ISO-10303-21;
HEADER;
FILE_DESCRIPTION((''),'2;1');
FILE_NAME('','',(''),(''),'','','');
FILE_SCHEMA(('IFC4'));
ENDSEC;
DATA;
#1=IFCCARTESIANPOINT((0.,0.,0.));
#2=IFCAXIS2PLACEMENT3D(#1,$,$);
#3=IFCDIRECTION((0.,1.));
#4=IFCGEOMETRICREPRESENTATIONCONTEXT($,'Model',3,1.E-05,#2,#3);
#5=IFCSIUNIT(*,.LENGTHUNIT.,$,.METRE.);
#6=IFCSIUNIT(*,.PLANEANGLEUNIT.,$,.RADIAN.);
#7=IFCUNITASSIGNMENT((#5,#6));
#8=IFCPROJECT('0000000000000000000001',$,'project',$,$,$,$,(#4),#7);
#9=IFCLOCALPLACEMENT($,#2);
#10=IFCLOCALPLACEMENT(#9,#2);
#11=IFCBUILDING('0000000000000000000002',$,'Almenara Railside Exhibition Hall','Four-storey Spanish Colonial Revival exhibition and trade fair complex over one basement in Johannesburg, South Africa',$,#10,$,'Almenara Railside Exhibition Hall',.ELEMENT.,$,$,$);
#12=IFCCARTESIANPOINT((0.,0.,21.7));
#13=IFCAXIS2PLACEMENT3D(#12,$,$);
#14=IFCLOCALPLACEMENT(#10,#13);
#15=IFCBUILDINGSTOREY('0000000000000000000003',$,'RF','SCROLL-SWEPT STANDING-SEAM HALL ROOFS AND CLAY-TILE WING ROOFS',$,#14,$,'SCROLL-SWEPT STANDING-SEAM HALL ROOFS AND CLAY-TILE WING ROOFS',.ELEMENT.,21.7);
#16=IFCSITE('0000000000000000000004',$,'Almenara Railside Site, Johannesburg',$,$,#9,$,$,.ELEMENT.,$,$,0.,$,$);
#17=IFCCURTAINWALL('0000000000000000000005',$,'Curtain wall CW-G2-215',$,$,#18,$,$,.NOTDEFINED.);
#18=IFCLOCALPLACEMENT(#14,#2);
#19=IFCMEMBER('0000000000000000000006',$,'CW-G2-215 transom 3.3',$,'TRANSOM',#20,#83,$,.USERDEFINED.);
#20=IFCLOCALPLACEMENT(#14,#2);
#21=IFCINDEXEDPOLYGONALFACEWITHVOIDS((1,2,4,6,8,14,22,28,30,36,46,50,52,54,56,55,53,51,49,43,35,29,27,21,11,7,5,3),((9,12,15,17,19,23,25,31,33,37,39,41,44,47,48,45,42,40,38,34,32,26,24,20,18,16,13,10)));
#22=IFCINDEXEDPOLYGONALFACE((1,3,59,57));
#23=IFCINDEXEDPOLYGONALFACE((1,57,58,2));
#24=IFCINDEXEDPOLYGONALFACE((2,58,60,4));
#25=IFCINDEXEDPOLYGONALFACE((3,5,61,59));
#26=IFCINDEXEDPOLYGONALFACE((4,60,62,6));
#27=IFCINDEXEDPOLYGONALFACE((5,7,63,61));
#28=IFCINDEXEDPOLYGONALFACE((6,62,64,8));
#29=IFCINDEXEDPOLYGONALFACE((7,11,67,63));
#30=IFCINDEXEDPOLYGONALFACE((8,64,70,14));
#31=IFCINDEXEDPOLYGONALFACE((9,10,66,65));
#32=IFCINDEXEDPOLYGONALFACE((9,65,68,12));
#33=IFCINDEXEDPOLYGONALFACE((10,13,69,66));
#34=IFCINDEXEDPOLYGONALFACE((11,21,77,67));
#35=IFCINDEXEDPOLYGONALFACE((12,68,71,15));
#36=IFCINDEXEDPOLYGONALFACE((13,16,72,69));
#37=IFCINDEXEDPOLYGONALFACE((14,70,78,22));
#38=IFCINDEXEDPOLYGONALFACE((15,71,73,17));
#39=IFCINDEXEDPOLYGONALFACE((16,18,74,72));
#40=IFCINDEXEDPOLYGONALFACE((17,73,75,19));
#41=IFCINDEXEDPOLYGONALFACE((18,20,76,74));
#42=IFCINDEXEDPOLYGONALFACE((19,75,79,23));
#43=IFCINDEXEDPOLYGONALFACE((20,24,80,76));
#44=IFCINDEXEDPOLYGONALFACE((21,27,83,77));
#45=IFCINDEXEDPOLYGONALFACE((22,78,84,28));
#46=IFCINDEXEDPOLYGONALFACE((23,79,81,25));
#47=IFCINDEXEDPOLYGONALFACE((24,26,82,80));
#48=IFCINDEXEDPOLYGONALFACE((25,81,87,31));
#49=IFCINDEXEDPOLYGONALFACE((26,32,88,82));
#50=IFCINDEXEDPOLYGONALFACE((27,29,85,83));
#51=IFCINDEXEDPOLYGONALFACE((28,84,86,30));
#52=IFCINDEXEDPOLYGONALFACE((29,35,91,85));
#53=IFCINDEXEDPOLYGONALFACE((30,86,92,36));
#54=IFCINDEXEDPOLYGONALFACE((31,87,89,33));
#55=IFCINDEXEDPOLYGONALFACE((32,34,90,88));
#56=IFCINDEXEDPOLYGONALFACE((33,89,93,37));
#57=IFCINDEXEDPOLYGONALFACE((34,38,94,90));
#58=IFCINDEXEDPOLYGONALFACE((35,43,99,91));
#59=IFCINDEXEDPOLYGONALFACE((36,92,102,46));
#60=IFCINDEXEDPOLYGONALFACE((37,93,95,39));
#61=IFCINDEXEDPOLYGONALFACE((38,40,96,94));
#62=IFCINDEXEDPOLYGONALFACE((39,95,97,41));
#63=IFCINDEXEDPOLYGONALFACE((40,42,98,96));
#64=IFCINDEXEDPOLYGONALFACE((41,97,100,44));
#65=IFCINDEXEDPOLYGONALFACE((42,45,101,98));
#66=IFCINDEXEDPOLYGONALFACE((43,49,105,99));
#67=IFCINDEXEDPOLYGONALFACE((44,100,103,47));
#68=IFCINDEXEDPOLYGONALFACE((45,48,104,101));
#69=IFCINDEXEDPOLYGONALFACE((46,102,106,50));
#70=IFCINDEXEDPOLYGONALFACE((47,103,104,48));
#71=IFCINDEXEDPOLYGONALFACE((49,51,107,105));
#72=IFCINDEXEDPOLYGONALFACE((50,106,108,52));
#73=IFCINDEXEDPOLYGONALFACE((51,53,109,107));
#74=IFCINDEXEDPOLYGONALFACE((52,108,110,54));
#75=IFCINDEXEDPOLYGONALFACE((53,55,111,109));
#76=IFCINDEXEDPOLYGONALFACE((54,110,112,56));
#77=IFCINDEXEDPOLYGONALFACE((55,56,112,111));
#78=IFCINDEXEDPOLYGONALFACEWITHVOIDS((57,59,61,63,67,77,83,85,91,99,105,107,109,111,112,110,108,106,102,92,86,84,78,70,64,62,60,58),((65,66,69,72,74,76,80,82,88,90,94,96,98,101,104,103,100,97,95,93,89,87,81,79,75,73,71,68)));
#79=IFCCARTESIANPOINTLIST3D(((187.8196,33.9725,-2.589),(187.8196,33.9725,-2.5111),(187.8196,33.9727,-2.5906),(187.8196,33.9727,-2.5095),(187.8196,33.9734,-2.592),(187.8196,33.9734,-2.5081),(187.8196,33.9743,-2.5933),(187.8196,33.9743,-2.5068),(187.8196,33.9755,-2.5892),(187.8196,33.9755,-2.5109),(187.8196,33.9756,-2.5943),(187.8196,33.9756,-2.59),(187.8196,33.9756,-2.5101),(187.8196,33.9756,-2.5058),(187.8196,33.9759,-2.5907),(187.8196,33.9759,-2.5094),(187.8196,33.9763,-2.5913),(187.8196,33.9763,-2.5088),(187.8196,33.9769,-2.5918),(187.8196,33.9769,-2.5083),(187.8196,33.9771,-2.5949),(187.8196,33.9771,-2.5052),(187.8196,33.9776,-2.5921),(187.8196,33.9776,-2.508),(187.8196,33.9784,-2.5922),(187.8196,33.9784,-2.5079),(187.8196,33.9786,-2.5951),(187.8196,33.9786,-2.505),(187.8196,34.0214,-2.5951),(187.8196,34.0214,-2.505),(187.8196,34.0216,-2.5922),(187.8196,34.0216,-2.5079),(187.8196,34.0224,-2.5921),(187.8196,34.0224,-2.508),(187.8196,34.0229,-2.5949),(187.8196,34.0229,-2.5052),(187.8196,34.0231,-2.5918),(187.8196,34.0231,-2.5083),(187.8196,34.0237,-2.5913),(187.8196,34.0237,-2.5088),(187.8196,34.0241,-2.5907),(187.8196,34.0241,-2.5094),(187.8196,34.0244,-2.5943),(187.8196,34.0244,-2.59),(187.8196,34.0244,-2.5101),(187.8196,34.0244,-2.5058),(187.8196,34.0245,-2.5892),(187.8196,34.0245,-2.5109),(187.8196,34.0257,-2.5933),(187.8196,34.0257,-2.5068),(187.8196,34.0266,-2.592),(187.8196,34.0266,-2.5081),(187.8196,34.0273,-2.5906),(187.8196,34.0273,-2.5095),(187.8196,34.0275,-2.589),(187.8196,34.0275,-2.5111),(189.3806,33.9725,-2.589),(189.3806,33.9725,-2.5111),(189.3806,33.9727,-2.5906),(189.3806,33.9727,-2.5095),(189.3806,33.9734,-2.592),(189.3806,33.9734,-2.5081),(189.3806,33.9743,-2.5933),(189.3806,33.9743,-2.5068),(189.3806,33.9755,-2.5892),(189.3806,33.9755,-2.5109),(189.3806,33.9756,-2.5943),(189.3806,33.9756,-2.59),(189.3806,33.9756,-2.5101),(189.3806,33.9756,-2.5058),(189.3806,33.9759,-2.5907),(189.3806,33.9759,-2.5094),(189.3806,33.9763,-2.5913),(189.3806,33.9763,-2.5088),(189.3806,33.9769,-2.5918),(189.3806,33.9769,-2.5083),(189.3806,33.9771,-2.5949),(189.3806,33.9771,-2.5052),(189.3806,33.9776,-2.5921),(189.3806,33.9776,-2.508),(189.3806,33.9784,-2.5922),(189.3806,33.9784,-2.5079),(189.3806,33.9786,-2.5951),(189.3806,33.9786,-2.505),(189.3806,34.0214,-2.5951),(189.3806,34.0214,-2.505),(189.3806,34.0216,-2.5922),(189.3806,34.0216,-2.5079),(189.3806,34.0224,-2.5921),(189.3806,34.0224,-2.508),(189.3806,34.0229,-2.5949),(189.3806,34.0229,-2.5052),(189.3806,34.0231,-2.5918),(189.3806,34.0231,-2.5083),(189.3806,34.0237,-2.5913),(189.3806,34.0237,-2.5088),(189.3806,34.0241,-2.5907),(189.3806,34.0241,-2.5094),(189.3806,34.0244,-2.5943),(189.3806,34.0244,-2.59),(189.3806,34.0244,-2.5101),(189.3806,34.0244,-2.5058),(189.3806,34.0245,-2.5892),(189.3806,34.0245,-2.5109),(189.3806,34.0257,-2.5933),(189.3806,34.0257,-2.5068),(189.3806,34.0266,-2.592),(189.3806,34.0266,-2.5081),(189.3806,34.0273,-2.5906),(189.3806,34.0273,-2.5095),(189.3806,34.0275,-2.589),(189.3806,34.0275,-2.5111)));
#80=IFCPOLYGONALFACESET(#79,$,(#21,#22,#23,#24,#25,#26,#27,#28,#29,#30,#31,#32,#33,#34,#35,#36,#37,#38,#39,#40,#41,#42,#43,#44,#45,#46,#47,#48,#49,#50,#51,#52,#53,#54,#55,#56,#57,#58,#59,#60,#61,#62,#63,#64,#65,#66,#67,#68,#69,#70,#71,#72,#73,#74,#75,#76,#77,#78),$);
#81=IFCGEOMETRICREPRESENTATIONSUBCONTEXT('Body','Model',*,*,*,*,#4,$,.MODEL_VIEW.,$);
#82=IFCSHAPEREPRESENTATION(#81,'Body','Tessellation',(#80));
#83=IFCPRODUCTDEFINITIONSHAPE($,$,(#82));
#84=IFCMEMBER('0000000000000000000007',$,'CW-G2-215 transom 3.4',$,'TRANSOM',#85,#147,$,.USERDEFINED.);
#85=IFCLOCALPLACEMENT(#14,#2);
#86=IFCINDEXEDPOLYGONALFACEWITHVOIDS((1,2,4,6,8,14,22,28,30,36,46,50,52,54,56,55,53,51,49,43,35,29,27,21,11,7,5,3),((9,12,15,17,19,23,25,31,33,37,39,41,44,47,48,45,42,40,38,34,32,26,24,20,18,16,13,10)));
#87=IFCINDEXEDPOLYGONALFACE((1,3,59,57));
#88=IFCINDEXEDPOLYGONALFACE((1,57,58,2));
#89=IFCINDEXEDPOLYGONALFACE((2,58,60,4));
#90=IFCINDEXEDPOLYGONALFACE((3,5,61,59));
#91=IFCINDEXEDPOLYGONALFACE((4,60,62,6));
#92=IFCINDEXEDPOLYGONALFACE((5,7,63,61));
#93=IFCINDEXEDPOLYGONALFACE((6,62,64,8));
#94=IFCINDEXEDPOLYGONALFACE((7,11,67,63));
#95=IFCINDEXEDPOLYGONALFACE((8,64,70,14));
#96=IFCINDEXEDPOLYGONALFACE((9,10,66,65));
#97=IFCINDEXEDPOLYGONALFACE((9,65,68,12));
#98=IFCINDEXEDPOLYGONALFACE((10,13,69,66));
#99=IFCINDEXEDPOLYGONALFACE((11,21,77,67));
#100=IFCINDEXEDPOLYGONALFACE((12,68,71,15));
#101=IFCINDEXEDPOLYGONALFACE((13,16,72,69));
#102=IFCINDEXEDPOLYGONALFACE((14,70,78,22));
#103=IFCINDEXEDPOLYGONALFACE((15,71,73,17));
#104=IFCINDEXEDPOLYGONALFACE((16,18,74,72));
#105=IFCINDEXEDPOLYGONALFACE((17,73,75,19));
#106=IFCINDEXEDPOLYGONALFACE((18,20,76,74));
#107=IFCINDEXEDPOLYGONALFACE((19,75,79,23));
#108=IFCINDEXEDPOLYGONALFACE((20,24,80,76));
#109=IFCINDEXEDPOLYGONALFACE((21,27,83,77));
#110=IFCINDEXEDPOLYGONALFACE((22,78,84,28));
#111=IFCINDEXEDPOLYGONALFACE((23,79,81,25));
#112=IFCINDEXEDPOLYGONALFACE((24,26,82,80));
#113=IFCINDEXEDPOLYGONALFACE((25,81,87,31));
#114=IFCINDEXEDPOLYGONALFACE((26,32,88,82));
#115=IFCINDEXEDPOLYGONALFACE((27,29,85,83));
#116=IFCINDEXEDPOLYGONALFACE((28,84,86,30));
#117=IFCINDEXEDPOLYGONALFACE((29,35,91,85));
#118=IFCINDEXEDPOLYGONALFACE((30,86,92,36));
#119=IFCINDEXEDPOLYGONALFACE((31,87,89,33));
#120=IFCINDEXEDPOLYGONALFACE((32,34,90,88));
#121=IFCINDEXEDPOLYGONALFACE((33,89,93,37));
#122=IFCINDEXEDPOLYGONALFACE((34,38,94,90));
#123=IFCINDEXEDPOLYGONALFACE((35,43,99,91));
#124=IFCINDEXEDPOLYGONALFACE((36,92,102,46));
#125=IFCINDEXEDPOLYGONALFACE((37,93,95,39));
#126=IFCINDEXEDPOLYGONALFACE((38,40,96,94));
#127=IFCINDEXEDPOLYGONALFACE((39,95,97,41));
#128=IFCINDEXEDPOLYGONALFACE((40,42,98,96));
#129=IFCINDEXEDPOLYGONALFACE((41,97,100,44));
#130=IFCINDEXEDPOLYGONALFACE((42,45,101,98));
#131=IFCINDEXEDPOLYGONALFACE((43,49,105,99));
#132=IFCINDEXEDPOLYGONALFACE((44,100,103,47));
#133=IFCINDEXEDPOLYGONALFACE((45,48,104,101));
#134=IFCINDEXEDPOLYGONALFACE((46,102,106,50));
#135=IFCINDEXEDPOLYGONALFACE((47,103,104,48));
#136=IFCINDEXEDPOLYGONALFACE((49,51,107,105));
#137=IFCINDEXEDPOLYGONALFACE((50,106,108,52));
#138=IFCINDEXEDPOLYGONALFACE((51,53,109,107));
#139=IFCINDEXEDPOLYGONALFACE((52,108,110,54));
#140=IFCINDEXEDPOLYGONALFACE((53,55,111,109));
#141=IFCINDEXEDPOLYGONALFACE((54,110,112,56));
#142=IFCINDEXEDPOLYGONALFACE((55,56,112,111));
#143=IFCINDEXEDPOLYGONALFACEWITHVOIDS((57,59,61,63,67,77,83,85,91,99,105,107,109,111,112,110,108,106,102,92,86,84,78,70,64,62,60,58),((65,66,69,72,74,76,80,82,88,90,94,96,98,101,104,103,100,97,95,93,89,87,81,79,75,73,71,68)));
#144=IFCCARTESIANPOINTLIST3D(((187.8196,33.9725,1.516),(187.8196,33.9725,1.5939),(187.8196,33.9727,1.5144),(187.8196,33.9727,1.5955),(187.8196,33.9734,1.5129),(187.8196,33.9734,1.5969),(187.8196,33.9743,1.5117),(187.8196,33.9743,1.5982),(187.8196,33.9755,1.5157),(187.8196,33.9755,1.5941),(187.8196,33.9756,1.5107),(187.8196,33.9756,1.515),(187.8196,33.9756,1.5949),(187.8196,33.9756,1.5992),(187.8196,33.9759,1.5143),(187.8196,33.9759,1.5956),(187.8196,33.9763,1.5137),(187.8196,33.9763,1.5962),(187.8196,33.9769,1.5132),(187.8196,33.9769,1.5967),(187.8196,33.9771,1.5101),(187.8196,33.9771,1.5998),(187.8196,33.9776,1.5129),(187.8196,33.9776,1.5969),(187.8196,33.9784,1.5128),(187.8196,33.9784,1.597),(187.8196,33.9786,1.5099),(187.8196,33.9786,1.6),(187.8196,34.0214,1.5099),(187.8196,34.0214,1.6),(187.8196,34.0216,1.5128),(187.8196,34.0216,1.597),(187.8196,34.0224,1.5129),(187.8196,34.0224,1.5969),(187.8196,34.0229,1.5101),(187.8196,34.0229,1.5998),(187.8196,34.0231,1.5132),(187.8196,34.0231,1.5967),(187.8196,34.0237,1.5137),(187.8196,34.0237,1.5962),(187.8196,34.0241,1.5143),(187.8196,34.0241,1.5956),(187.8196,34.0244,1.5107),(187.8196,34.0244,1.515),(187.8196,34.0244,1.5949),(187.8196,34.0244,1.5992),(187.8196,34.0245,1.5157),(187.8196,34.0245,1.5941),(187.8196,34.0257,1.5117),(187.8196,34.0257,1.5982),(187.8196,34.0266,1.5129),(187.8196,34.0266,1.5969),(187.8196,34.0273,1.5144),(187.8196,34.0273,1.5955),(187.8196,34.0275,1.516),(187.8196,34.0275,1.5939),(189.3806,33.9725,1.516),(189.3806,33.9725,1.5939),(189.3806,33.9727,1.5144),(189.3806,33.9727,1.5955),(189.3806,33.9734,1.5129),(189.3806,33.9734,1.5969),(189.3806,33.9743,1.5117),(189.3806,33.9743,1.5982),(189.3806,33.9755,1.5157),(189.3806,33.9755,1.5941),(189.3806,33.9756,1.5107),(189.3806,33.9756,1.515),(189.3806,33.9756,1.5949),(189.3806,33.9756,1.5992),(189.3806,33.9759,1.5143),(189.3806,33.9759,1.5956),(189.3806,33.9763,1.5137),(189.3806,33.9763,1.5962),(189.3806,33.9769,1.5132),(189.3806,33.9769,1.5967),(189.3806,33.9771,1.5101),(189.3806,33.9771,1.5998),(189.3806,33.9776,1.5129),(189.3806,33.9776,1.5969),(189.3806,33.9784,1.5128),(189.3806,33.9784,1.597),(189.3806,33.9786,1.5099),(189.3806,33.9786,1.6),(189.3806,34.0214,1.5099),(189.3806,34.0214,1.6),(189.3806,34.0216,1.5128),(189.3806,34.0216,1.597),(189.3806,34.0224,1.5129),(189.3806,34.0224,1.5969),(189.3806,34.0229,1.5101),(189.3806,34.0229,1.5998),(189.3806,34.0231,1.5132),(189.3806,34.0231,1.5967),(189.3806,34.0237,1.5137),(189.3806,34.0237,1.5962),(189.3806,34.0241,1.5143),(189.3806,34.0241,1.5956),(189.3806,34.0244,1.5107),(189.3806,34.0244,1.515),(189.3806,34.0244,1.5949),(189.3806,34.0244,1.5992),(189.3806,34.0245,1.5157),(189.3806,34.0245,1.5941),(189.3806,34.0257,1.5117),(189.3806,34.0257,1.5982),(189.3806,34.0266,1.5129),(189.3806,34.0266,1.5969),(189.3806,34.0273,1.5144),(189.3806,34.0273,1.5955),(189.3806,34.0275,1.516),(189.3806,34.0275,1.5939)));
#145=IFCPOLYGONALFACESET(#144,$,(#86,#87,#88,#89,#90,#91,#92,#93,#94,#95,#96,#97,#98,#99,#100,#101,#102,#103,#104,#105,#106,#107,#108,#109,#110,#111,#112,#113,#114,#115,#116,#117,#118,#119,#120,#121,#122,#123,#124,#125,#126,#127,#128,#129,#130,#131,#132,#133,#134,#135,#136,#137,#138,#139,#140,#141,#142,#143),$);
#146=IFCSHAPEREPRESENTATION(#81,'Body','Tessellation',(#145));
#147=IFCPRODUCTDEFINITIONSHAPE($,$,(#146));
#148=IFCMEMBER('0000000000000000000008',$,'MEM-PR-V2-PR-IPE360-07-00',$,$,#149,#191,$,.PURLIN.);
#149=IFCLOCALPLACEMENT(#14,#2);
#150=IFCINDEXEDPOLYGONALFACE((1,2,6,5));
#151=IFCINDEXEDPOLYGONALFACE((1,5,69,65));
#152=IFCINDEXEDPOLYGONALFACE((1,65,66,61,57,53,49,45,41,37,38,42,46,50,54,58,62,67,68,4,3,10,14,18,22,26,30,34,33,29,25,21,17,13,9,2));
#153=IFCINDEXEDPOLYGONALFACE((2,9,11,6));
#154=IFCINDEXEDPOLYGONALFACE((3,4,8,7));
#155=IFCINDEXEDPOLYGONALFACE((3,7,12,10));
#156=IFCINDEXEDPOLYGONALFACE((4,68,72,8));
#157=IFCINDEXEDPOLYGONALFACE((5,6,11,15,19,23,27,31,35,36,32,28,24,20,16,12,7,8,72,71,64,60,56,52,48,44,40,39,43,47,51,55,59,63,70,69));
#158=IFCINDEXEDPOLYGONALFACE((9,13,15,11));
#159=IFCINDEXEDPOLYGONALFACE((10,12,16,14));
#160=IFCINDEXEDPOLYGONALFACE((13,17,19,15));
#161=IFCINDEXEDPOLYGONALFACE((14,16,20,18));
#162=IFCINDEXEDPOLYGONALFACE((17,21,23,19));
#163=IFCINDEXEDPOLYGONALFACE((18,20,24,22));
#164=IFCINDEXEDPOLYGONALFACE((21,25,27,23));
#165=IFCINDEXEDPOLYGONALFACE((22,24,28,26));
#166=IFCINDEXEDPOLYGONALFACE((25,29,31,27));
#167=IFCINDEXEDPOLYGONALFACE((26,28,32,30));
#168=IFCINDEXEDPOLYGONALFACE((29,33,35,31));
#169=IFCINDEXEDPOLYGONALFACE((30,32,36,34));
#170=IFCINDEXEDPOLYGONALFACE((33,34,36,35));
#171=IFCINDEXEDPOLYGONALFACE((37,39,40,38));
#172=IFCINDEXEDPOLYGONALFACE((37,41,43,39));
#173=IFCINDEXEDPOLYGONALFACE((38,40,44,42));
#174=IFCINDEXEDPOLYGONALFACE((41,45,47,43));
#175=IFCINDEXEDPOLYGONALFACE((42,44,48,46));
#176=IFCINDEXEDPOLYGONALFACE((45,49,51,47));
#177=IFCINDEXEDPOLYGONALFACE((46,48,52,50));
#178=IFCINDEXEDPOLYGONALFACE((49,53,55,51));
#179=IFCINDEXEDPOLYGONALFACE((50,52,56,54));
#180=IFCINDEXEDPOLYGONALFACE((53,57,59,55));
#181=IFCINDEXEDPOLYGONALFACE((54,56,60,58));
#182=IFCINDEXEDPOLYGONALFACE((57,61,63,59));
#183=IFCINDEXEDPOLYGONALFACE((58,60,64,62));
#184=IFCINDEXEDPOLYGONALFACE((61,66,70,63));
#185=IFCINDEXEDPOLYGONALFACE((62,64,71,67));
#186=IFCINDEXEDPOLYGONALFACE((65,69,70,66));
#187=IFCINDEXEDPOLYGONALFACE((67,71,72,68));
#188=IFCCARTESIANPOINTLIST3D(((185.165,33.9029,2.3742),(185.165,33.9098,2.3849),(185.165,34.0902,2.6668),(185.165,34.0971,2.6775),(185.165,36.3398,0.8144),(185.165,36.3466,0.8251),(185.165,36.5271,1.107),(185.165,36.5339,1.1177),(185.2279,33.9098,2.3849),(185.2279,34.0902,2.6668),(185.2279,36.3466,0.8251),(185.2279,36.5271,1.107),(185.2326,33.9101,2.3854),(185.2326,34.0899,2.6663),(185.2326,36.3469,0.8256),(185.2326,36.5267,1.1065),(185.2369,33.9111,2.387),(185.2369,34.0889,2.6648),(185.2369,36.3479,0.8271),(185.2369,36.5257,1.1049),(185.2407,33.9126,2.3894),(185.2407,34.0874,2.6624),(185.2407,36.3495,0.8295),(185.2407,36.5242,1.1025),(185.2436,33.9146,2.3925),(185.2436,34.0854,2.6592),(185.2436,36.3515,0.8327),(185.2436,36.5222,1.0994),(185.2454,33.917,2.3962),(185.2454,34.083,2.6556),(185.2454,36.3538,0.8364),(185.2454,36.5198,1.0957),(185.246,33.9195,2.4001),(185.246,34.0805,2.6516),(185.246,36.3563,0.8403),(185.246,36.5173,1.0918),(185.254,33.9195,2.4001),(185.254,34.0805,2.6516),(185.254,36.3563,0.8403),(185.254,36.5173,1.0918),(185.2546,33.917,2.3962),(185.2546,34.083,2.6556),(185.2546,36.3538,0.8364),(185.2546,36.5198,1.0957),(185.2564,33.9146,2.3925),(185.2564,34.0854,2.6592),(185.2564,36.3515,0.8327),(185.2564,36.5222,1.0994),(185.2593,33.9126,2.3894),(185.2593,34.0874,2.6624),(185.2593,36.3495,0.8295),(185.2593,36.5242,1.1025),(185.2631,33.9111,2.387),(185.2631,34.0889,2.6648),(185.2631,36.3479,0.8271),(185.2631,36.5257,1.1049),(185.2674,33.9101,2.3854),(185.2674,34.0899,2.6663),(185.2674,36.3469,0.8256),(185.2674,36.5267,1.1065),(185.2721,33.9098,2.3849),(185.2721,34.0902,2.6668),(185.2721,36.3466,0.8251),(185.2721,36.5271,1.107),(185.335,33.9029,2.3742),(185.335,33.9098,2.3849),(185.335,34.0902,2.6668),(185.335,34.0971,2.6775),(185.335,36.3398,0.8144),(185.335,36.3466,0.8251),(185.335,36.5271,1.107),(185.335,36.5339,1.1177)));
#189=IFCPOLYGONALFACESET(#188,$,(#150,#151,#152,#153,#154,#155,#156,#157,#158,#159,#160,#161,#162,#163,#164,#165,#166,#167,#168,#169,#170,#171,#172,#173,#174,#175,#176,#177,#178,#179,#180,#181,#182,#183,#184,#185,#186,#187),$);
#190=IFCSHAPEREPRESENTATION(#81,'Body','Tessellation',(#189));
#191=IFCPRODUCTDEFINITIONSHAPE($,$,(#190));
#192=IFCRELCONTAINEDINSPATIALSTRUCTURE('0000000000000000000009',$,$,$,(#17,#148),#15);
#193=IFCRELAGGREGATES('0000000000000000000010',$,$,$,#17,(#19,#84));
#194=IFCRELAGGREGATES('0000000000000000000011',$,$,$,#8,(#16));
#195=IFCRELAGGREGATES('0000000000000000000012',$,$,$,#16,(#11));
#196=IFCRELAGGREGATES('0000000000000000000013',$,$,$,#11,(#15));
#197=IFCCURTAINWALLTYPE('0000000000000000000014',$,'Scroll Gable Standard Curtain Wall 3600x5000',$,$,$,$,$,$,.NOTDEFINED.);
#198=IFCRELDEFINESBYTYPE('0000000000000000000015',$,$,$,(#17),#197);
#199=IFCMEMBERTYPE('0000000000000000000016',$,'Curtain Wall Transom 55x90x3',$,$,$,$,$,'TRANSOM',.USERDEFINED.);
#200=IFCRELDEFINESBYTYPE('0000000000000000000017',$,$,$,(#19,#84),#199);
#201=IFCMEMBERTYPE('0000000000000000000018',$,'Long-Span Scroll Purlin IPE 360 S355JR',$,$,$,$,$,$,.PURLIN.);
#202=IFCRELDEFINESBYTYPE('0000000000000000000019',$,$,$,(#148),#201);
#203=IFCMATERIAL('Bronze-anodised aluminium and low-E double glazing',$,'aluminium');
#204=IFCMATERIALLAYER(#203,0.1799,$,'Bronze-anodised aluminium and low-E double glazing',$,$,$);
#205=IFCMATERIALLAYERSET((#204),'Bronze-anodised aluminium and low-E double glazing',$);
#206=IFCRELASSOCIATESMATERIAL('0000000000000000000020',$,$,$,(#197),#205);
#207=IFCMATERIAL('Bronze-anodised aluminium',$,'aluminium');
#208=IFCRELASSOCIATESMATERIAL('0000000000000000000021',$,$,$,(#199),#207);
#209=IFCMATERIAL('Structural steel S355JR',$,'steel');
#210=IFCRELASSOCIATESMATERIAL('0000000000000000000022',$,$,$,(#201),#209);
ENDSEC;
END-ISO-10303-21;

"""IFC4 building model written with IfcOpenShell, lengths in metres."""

from ifc_helpers import new_model, si_unit, direction, frame, origin, origin_2d, place, context, subcontext, project, spatial, hollow_rectangle, i_section, extrude, material, layer, layer_set, material_profile, profile_set, type_object, element, aggregate, save


model = new_model("IFC4")

# Units and contexts
model_context = context("Model", 3, precision=1e-05, world=origin(), true_north=direction((0.0, 1.0)))
body_context = subcontext(model_context, "Body", "Model", "MODEL_VIEW")
ifc_project = project(units=[si_unit("LENGTHUNIT", "METRE"), si_unit("PLANEANGLEUNIT", "RADIAN")], contexts=[model_context])

# Site, building, storey
site_placement = place(None, origin())
site = spatial("IfcSite", under=ifc_project, at=site_placement, Name="Almenara Railside Site, Johannesburg", CompositionType="ELEMENT", RefElevation=0.0)
building_placement = place(site_placement, origin())
building = spatial("IfcBuilding", under=site, at=building_placement, Name="Almenara Railside Exhibition Hall", Description="Four-storey Spanish Colonial Revival exhibition and trade fair complex over one basement in Johannesburg, South Africa", LongName="Almenara Railside Exhibition Hall", CompositionType="ELEMENT")
storey_placement = place(building_placement, frame((0.0, 0.0, 21.7)))
storey = spatial("IfcBuildingStorey", under=building, at=storey_placement, Name="RF", Description="SCROLL-SWEPT STANDING-SEAM HALL ROOFS AND CLAY-TILE WING ROOFS", LongName="SCROLL-SWEPT STANDING-SEAM HALL ROOFS AND CLAY-TILE WING ROOFS", CompositionType="ELEMENT", Elevation=21.7)

# Shared definitions
ifc_material_1 = material(Name="Structural steel S355JR", Category="steel")

# Curtain wall, members
ifc_material_2 = material(Name="Bronze-anodised aluminium and low-E double glazing", Category="aluminium")
ifc_layer_1 = layer(ifc_material_2, 0.1799, Name="Bronze-anodised aluminium and low-E double glazing")
ifc_layer_set_1 = layer_set([ifc_layer_1], Name="Bronze-anodised aluminium and low-E double glazing")
curtain_wall_type = type_object("IfcCurtainWallType", Name="Scroll Gable Standard Curtain Wall 3600x5000", PredefinedType="NOTDEFINED", material=ifc_layer_set_1)
curtain_wall_placement = place(storey_placement, origin())
curtain_wall = element("IfcCurtainWall", 1, at=curtain_wall_placement, inside=storey, type_object=curtain_wall_type, Name="Curtain wall CW-G2-215", PredefinedType="NOTDEFINED")
ifc_material_3 = material(Name="Bronze-anodised aluminium", Category="aluminium")
ifc_material_profile_1 = material_profile(ifc_material_3, hollow_rectangle(XDim=0.0549, YDim=0.0901, WallThickness=0.0029, InnerFilletRadius=0.0029, OuterFilletRadius=0.0061, at=origin_2d()), Name="ALU-TRN 55x90x3")
ifc_profile_set_1 = profile_set([ifc_material_profile_1], Name="Bronze-anodised aluminium")
member_type_1 = type_object("IfcMemberType", Name="Curtain Wall Transom 55x90x3", ElementType="TRANSOM", PredefinedType="USERDEFINED", material=ifc_profile_set_1)
member_1_placement = place(storey_placement, frame((187.8196, 34.0, -2.55), z_axis=(1.0, 0.0, 0.0), x_axis=(0.0, 1.0, 0.0)))
member_1 = element("IfcMember", 2, at=member_1_placement, type_object=member_type_1, Name="CW-G2-215 transom 3.3", ObjectType="TRANSOM", PredefinedType="USERDEFINED", context=body_context, shape_type="SweptSolid", body=[
    extrude(hollow_rectangle(XDim=0.0549, YDim=0.0901, WallThickness=0.0029, InnerFilletRadius=0.0029, OuterFilletRadius=0.0061, at=origin_2d()), origin(), (0.0, 0.0, 1.0), 1.561),
])
member_2_placement = place(storey_placement, frame((187.8196, 34.0, 1.5549), z_axis=(1.0, 0.0, 0.0), x_axis=(0.0, 1.0, 0.0)))
member_2 = element("IfcMember", 3, at=member_2_placement, type_object=member_type_1, Name="CW-G2-215 transom 3.4", ObjectType="TRANSOM", PredefinedType="USERDEFINED", context=body_context, shape_type="SweptSolid", body=[
    extrude(hollow_rectangle(XDim=0.0549, YDim=0.0901, WallThickness=0.0029, InnerFilletRadius=0.0029, OuterFilletRadius=0.0061, at=origin_2d()), origin(), (0.0, 0.0, 1.0), 1.561),
])

# Member
ifc_material_profile_2 = material_profile(ifc_material_1, i_section(OverallWidth=0.1699, OverallDepth=0.3601, WebThickness=0.0081, FlangeThickness=0.0127, FilletRadius=0.0181, at=origin_2d()), Name="IPE 360")
ifc_profile_set_2 = profile_set([ifc_material_profile_2], Name="Structural steel S355JR")
member_type_2 = type_object("IfcMemberType", Name="Long-Span Scroll Purlin IPE 360 S355JR", PredefinedType="PURLIN", material=ifc_profile_set_2)
member_3_placement = place(storey_placement, frame((185.25, 34.0, 2.5259), z_axis=(0.0, 0.842227, -0.539123), x_axis=(-1.0, 0.0, 0.0)))
element("IfcMember", 4, at=member_3_placement, inside=storey, type_object=member_type_2, Name="MEM-PR-V2-PR-IPE360-07-00", PredefinedType="PURLIN", context=body_context, shape_type="SweptSolid", body=[
    extrude(i_section(OverallWidth=0.1699, OverallDepth=0.3601, WebThickness=0.0081, FlangeThickness=0.0127, FilletRadius=0.0181, at=origin_2d()), origin(), (0.0, 0.0, 1.0), 2.8933),
])

aggregate(curtain_wall, [member_1, member_2])

save(model, "model.ifc")
